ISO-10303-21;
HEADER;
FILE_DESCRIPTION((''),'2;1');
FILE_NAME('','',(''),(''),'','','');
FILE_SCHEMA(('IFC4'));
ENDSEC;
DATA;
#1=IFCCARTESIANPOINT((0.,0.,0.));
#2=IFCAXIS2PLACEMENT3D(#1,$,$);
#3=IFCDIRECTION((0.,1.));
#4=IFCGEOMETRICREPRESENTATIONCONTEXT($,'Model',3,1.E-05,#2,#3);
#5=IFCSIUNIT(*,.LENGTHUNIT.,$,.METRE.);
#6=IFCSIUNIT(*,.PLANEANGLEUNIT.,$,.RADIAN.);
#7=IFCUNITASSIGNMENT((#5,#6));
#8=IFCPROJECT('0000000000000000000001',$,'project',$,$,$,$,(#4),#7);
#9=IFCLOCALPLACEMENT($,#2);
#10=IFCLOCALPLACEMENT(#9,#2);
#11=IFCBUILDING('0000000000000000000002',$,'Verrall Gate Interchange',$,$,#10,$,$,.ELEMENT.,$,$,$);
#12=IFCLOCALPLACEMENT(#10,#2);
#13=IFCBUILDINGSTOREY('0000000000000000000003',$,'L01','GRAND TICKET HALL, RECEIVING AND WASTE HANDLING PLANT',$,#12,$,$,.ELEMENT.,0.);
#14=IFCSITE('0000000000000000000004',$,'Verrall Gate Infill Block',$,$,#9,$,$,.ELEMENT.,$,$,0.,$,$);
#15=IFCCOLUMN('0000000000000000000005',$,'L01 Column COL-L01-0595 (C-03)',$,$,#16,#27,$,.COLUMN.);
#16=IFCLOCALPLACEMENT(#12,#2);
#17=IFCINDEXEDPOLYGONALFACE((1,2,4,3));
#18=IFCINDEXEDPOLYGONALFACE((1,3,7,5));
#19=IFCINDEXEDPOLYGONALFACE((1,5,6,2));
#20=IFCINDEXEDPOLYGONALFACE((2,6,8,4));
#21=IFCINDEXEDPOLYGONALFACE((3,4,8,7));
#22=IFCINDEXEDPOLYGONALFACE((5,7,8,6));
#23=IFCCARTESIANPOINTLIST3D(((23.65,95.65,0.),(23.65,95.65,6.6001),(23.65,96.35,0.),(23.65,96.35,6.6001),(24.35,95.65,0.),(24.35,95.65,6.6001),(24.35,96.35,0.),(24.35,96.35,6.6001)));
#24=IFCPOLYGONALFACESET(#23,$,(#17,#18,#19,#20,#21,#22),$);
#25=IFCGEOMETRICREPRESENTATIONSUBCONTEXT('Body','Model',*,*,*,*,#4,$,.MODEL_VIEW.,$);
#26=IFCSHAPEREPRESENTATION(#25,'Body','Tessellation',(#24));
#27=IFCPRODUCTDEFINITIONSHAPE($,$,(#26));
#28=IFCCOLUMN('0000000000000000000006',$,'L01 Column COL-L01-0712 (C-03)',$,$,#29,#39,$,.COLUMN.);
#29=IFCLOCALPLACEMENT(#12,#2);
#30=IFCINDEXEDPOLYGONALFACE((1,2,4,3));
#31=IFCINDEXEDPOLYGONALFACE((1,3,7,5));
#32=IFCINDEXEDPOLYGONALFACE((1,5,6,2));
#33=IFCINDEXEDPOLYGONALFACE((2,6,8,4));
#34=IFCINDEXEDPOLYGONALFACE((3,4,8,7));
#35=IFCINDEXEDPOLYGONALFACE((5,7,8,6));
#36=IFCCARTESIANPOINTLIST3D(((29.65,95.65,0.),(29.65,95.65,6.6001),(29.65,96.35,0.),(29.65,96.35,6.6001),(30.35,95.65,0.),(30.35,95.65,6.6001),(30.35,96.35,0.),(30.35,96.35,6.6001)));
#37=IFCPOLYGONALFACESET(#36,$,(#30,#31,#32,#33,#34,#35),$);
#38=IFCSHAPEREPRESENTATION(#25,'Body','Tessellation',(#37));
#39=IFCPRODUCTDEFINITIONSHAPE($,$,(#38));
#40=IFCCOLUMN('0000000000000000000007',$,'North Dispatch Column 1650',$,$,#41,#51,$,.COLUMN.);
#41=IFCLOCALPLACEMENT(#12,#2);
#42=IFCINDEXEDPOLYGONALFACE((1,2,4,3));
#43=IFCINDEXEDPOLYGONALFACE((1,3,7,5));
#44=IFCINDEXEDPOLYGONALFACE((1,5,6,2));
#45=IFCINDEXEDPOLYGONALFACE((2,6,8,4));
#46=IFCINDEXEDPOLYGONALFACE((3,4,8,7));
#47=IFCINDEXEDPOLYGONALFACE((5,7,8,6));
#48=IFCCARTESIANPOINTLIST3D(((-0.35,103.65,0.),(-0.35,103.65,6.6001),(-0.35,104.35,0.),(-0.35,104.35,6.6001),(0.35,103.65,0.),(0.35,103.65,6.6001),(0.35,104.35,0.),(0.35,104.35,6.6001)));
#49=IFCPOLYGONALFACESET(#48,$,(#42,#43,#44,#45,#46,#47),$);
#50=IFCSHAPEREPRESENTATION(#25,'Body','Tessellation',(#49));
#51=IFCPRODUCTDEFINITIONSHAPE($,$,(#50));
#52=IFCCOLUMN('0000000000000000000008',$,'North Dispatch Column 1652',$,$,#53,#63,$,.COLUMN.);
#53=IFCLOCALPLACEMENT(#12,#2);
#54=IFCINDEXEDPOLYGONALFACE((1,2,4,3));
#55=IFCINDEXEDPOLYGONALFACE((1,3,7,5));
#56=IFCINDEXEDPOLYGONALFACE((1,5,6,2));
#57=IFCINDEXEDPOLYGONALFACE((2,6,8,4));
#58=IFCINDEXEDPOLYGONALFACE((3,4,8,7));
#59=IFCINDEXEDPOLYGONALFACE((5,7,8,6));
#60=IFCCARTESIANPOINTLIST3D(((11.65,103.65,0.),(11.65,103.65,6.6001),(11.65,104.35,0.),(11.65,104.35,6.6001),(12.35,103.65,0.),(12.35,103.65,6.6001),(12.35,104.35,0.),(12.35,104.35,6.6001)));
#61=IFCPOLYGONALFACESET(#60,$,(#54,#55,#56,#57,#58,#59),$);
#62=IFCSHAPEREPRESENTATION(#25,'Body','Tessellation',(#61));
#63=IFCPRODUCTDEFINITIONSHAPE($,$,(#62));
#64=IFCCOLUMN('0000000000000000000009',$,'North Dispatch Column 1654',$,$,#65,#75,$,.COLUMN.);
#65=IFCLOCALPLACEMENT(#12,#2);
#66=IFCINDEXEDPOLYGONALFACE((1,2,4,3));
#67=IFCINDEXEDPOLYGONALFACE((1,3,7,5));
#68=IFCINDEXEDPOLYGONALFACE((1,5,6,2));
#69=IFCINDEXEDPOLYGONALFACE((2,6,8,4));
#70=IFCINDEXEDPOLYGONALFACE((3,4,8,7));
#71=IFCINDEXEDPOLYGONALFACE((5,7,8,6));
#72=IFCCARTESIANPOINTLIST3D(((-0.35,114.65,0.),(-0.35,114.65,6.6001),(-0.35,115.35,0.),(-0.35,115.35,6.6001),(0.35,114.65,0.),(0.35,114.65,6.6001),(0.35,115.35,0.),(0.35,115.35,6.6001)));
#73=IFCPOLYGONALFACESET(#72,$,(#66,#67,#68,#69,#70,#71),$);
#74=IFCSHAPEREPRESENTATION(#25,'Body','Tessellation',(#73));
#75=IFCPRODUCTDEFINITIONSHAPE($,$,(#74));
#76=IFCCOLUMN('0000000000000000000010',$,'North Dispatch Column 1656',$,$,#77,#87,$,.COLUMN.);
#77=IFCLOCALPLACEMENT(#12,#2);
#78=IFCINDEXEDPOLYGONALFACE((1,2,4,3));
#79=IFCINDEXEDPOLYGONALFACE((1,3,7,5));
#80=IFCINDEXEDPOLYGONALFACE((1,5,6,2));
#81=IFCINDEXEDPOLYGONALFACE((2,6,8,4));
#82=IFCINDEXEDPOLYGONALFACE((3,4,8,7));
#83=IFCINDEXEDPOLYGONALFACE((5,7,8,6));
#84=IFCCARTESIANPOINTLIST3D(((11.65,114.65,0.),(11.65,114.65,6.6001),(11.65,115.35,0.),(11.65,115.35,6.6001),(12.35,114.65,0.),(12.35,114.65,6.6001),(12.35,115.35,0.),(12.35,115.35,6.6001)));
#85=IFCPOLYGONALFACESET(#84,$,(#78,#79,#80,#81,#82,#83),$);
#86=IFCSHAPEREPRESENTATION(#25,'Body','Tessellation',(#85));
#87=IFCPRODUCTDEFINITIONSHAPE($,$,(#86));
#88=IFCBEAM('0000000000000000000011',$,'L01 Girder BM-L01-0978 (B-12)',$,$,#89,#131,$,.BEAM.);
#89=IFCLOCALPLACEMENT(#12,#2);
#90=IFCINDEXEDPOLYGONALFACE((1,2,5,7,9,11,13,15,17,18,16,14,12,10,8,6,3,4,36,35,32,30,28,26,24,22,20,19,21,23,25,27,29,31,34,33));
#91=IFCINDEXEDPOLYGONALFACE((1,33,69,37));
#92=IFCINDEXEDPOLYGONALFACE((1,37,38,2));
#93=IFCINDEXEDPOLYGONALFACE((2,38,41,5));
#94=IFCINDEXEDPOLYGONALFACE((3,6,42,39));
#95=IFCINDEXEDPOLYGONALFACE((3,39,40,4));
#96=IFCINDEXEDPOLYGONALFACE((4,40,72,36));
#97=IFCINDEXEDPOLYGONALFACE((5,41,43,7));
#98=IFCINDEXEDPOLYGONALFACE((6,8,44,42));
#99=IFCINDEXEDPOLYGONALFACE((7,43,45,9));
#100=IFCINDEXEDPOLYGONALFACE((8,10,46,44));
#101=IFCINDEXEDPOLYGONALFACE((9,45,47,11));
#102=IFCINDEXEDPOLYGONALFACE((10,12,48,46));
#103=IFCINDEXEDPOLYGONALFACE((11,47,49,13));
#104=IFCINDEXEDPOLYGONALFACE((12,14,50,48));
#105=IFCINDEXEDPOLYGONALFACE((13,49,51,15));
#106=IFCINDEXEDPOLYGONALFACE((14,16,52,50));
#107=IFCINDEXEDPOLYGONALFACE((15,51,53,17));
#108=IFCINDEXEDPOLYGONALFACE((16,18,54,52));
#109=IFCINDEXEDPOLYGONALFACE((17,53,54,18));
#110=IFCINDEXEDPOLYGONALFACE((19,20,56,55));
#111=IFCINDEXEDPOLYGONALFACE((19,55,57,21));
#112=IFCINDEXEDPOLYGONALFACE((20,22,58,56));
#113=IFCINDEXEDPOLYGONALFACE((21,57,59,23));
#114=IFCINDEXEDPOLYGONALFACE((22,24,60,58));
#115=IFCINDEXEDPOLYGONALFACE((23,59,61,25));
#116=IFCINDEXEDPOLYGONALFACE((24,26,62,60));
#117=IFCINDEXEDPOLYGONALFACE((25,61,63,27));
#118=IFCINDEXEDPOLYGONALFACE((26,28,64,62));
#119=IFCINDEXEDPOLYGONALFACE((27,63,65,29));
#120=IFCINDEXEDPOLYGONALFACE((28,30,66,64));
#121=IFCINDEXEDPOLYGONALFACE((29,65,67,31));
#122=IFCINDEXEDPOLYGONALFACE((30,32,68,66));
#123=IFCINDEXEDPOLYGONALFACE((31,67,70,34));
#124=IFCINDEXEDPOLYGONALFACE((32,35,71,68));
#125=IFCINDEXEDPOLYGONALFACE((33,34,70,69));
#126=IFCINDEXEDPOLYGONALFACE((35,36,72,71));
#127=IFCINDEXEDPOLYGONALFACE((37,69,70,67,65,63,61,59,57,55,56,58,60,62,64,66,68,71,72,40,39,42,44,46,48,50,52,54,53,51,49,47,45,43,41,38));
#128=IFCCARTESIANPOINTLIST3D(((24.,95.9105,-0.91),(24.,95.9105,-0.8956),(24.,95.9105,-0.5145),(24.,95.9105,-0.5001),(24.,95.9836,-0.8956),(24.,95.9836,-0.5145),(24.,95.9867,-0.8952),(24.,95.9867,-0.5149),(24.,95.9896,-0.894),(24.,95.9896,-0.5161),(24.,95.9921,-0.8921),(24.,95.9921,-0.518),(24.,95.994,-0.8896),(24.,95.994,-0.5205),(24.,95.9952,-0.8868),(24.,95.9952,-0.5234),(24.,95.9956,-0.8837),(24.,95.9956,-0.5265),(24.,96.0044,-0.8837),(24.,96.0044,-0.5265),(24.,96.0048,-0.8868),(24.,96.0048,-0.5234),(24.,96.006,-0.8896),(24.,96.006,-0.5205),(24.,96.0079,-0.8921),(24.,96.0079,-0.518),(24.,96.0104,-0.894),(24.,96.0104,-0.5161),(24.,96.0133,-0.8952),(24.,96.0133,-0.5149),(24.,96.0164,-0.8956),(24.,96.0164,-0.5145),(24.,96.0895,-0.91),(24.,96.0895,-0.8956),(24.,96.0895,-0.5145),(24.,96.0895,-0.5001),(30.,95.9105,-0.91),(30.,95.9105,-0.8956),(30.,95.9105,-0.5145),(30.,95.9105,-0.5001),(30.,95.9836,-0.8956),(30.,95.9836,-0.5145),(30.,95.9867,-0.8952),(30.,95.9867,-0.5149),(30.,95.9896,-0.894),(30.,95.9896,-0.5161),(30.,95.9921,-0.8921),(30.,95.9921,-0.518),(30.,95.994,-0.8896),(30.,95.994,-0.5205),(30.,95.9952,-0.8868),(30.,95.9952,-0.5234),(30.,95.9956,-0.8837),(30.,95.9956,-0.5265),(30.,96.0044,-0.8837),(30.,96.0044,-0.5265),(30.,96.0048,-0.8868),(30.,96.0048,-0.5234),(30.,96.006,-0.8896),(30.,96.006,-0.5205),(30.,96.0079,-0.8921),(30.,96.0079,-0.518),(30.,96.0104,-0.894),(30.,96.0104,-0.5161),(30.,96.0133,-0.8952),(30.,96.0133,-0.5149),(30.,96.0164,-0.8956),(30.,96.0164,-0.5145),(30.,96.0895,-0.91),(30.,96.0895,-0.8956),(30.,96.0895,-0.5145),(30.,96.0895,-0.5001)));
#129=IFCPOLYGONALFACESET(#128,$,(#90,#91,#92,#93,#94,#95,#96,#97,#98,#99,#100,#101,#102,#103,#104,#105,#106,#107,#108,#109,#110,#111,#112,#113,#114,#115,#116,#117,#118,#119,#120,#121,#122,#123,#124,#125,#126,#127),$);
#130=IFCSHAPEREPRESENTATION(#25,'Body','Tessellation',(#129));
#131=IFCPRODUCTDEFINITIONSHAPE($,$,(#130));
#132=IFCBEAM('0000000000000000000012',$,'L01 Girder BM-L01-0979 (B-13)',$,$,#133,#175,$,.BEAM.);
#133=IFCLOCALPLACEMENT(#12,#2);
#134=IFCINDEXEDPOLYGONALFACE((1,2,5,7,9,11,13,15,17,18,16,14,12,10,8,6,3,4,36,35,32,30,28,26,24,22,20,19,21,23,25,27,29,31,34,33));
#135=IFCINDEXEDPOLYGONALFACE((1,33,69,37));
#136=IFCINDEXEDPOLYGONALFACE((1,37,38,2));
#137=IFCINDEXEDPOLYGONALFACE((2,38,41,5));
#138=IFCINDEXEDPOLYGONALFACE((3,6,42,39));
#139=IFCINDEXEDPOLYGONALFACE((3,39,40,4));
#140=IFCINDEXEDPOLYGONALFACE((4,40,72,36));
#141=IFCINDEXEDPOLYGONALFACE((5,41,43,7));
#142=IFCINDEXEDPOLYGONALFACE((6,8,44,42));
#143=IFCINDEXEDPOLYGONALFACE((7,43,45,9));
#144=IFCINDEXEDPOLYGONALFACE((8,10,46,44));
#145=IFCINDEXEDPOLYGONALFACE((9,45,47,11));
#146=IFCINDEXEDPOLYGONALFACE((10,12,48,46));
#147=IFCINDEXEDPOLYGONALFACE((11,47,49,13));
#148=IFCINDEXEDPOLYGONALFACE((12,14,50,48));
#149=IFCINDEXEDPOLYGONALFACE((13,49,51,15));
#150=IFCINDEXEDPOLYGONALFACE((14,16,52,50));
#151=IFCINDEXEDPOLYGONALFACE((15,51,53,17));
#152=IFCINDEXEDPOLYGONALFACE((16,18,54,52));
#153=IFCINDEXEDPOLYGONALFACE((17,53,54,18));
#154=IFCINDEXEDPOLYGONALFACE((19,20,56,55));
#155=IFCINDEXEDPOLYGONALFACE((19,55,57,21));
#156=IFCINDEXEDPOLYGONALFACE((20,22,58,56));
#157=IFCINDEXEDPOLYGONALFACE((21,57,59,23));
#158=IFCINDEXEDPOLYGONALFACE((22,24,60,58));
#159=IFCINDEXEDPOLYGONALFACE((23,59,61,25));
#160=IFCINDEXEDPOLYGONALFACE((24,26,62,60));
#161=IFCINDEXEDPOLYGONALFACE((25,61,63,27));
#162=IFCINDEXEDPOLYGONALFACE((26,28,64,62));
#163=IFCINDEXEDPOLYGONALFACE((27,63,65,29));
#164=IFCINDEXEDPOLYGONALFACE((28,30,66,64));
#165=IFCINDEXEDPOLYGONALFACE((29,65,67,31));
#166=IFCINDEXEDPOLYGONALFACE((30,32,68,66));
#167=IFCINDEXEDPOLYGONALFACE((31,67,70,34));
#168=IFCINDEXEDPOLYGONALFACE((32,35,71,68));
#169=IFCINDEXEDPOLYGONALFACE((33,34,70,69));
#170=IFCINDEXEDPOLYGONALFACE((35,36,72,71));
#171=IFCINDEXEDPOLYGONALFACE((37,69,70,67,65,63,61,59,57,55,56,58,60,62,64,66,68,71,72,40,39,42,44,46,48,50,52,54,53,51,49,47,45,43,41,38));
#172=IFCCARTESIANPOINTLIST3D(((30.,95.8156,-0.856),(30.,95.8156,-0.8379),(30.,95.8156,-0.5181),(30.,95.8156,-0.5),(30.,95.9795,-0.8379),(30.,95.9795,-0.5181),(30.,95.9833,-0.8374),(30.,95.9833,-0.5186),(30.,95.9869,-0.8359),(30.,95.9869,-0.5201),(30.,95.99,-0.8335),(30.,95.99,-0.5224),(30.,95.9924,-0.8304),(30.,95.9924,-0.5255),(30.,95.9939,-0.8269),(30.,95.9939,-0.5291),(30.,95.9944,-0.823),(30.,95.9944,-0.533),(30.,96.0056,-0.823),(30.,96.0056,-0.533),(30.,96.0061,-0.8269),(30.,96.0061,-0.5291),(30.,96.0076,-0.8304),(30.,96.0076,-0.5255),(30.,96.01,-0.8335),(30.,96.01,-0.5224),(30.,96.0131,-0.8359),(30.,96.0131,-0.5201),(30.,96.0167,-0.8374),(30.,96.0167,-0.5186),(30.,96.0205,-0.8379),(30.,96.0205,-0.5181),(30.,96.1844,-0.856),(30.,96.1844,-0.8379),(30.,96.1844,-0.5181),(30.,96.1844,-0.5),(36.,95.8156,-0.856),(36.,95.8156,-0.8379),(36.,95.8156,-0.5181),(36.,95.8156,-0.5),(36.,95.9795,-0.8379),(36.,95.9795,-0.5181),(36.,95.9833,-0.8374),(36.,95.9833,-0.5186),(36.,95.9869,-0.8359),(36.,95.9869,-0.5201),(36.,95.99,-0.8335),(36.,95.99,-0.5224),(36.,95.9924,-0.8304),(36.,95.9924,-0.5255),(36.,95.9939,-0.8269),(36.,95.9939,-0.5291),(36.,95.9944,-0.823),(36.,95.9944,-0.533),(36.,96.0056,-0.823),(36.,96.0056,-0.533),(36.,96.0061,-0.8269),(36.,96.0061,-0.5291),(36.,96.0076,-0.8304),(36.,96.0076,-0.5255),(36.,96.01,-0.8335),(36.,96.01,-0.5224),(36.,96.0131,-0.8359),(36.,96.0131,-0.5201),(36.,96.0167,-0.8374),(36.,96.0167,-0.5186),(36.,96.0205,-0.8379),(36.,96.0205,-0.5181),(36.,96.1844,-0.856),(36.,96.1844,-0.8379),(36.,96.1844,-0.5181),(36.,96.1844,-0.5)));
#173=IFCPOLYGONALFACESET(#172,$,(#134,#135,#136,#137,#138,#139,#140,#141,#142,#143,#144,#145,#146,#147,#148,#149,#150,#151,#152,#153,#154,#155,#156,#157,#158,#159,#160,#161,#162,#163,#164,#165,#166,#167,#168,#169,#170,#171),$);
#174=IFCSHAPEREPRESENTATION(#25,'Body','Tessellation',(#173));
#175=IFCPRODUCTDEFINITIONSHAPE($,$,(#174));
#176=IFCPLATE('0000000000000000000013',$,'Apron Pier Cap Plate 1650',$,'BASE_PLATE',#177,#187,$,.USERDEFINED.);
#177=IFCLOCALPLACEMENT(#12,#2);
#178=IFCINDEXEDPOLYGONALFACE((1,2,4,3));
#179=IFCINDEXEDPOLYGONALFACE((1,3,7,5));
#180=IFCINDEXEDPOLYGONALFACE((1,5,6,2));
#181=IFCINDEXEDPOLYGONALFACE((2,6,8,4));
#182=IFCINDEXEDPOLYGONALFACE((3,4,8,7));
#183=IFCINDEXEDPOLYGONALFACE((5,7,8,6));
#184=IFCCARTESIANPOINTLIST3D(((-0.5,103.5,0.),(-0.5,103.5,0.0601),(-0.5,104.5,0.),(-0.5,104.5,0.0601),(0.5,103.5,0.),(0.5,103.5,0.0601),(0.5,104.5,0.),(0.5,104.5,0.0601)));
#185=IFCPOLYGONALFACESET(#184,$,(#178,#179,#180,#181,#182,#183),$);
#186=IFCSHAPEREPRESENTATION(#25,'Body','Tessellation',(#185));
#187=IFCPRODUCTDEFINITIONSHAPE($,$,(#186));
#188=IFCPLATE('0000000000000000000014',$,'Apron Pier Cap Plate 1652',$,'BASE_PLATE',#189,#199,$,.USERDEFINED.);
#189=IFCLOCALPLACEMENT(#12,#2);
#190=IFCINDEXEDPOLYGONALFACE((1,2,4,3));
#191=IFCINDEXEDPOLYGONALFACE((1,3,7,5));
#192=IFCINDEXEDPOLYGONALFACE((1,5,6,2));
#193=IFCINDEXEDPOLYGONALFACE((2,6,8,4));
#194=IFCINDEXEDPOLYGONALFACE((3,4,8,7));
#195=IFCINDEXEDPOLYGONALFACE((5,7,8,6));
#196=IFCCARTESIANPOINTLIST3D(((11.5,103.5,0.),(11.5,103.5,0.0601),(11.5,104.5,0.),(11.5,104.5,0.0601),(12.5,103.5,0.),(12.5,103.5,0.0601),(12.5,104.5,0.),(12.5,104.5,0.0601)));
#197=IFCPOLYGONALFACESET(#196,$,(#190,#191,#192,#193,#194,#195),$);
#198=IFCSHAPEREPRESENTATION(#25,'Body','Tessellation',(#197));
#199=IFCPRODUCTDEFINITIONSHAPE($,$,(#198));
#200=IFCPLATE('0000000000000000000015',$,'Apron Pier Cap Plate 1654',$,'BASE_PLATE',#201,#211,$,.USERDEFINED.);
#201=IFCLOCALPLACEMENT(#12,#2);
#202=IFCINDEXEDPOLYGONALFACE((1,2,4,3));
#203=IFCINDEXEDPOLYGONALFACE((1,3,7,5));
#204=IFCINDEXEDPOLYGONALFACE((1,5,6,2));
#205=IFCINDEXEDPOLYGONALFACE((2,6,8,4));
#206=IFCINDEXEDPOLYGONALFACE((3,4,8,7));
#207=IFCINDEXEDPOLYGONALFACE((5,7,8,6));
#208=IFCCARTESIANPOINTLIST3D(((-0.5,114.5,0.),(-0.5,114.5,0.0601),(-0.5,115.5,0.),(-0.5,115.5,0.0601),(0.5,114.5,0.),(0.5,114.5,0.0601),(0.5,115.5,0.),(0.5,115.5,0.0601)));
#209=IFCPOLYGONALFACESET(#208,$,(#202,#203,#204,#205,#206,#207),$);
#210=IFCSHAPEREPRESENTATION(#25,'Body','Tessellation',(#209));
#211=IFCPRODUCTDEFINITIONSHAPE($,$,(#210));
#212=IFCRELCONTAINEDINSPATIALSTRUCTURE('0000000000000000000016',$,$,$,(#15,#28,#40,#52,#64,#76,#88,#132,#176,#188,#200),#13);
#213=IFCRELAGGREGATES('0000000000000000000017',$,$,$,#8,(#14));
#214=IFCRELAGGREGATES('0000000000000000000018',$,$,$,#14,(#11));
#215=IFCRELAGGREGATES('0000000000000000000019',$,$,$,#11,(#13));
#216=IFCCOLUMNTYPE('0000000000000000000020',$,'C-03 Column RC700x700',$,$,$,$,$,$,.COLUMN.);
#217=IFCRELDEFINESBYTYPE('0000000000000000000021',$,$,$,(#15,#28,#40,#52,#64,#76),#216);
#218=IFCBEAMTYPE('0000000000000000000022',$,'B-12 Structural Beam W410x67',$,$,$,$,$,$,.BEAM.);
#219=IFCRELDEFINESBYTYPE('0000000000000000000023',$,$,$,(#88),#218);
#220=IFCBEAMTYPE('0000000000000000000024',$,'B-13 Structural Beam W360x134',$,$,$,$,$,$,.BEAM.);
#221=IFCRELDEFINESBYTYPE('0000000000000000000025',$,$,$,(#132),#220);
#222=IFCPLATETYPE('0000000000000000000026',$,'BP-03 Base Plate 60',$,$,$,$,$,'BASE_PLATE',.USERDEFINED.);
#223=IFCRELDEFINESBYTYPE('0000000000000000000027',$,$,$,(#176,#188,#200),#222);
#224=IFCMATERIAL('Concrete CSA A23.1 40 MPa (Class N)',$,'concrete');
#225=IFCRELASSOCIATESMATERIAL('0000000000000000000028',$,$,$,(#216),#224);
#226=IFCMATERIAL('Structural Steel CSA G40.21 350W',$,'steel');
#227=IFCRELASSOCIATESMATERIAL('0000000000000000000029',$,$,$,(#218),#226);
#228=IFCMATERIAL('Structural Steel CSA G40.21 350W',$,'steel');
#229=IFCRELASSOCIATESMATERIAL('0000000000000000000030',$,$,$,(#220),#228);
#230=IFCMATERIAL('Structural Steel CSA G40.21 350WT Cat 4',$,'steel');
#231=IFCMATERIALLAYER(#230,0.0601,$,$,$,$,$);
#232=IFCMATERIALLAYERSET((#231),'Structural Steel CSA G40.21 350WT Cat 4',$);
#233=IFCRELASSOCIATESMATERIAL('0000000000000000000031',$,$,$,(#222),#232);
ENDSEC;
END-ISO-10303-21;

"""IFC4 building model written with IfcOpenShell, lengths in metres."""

from ifc_helpers import new_model, si_unit, direction, frame, origin, origin_2d, place, context, subcontext, project, spatial, rectangle, i_section, extrude, material, layer, layer_set, material_profile, profile_set, type_object, element, save


model = new_model("IFC4")

# Units and contexts
model_context = context("Model", 3, precision=1e-05, world=origin(), true_north=direction((0.0, 1.0)))
body_context = subcontext(model_context, "Body", "Model", "MODEL_VIEW")
ifc_project = project(units=[si_unit("LENGTHUNIT", "METRE"), si_unit("PLANEANGLEUNIT", "RADIAN")], contexts=[model_context])

# Site, building, storey
site_placement = place(None, origin())
site = spatial("IfcSite", under=ifc_project, at=site_placement, Name="Verrall Gate Infill Block", CompositionType="ELEMENT", RefElevation=0.0)
building_placement = place(site_placement, origin())
building = spatial("IfcBuilding", under=site, at=building_placement, Name="Verrall Gate Interchange", CompositionType="ELEMENT")
storey_placement = place(building_placement, origin())
storey = spatial("IfcBuildingStorey", under=building, at=storey_placement, Name="L01", Description="GRAND TICKET HALL, RECEIVING AND WASTE HANDLING PLANT", CompositionType="ELEMENT", Elevation=0.0)

# Columns
ifc_material_1 = material(Name="Concrete CSA A23.1 40 MPa (Class N)", Category="concrete")
ifc_material_profile_1 = material_profile(ifc_material_1, rectangle(XDim=0.7, YDim=0.7, at=origin_2d()), Name="RC700x700")
ifc_profile_set_1 = profile_set([ifc_material_profile_1], Name="Concrete CSA A23.1 40 MPa (Class N)")
column_type = type_object("IfcColumnType", Name="C-03 Column RC700x700", PredefinedType="COLUMN", material=ifc_profile_set_1)
for number, where, z_axis, x_axis, name in (
    (1, (24.0, 96.0, 0.0), (0.0, 0.0, 1.0), (1.0, 0.0, 0.0), "L01 Column COL-L01-0595 (C-03)"),
    (2, (30.0, 96.0, 0.0), (0.0, 0.0, 1.0), (1.0, 0.0, 0.0), "L01 Column COL-L01-0712 (C-03)"),
    (3, (0.0, 104.0, 0.0), (0.0, 0.0, 1.0), (1.0, 0.0, 0.0), "North Dispatch Column 1650"),
    (4, (12.0, 104.0, 0.0), (0.0, 0.0, 1.0), (1.0, 0.0, 0.0), "North Dispatch Column 1652"),
    (5, (0.0, 115.0, 0.0), (0.0, 0.0, 1.0), (1.0, 0.0, 0.0), "North Dispatch Column 1654"),
    (6, (12.0, 115.0, 0.0), (0.0, 0.0, 1.0), (1.0, 0.0, 0.0), "North Dispatch Column 1656"),
):
    element("IfcColumn", number, at=place(storey_placement, frame(where, z_axis=z_axis, x_axis=x_axis)), inside=storey, type_object=column_type, Name=name, PredefinedType="COLUMN", context=body_context, shape_type="SweptSolid", body=[
        extrude(rectangle(XDim=0.7, YDim=0.7, at=origin_2d()), origin(), (0.0, 0.0, 1.0), 6.6001),
    ])

# Beams
ifc_material_2 = material(Name="Structural Steel CSA G40.21 350W", Category="steel")
ifc_material_profile_2 = material_profile(ifc_material_2, i_section(OverallWidth=0.179, OverallDepth=0.4099, WebThickness=0.0088, FlangeThickness=0.0144, FilletRadius=0.012, at=origin_2d()), Name="W410x67")
ifc_profile_set_2 = profile_set([ifc_material_profile_2], Name="Structural Steel CSA G40.21 350W")
beam_type_1 = type_object("IfcBeamType", Name="B-12 Structural Beam W410x67", PredefinedType="BEAM", material=ifc_profile_set_2)
beam_1_placement = place(storey_placement, frame((24.0, 96.0, -0.7051), z_axis=(1.0, 0.0, 0.0), x_axis=(0.0, 1.0, 0.0)))
element("IfcBeam", 7, at=beam_1_placement, inside=storey, type_object=beam_type_1, Name="L01 Girder BM-L01-0978 (B-12)", PredefinedType="BEAM", context=body_context, shape_type="SweptSolid", body=[
    extrude(i_section(OverallWidth=0.179, OverallDepth=0.4099, WebThickness=0.0088, FlangeThickness=0.0144, FilletRadius=0.012, at=origin_2d()), origin(), (0.0, 0.0, 1.0), 6.0),
])
ifc_material_3 = material(Name="Structural Steel CSA G40.21 350W", Category="steel")
ifc_material_profile_3 = material_profile(ifc_material_3, i_section(OverallWidth=0.3689, OverallDepth=0.356, WebThickness=0.0112, FlangeThickness=0.0181, FilletRadius=0.0149, at=origin_2d()), Name="W360x134")
ifc_profile_set_3 = profile_set([ifc_material_profile_3], Name="Structural Steel CSA G40.21 350W")
beam_type_2 = type_object("IfcBeamType", Name="B-13 Structural Beam W360x134", PredefinedType="BEAM", material=ifc_profile_set_3)
beam_2_placement = place(storey_placement, frame((30.0, 96.0, -0.678), z_axis=(1.0, 0.0, 0.0), x_axis=(0.0, 1.0, 0.0)))
element("IfcBeam", 8, at=beam_2_placement, inside=storey, type_object=beam_type_2, Name="L01 Girder BM-L01-0979 (B-13)", PredefinedType="BEAM", context=body_context, shape_type="SweptSolid", body=[
    extrude(i_section(OverallWidth=0.3689, OverallDepth=0.356, WebThickness=0.0112, FlangeThickness=0.0181, FilletRadius=0.0149, at=origin_2d()), origin(), (0.0, 0.0, 1.0), 6.0),
])

# Plates
ifc_material_4 = material(Name="Structural Steel CSA G40.21 350WT Cat 4", Category="steel")
ifc_layer_1 = layer(ifc_material_4, 0.0601)
ifc_layer_set_1 = layer_set([ifc_layer_1], Name="Structural Steel CSA G40.21 350WT Cat 4")
plate_type = type_object("IfcPlateType", Name="BP-03 Base Plate 60", ElementType="BASE_PLATE", PredefinedType="USERDEFINED", material=ifc_layer_set_1)
for number, where, z_axis, x_axis, name in (
    (9, (0.0, 104.0, 0.0), (0.0, 0.0, 1.0), (1.0, 0.0, 0.0), "Apron Pier Cap Plate 1650"),
    (10, (12.0, 104.0, 0.0), (0.0, 0.0, 1.0), (1.0, 0.0, 0.0), "Apron Pier Cap Plate 1652"),
    (11, (0.0, 115.0, 0.0), (0.0, 0.0, 1.0), (1.0, 0.0, 0.0), "Apron Pier Cap Plate 1654"),
):
    element("IfcPlate", number, at=place(storey_placement, frame(where, z_axis=z_axis, x_axis=x_axis)), inside=storey, type_object=plate_type, Name=name, ObjectType="BASE_PLATE", PredefinedType="USERDEFINED", context=body_context, shape_type="SweptSolid", body=[
        extrude(rectangle(XDim=1.0, YDim=1.0, at=origin_2d()), origin(), (0.0, 0.0, 1.0), 0.0601),
    ])

save(model, "model.ifc")
